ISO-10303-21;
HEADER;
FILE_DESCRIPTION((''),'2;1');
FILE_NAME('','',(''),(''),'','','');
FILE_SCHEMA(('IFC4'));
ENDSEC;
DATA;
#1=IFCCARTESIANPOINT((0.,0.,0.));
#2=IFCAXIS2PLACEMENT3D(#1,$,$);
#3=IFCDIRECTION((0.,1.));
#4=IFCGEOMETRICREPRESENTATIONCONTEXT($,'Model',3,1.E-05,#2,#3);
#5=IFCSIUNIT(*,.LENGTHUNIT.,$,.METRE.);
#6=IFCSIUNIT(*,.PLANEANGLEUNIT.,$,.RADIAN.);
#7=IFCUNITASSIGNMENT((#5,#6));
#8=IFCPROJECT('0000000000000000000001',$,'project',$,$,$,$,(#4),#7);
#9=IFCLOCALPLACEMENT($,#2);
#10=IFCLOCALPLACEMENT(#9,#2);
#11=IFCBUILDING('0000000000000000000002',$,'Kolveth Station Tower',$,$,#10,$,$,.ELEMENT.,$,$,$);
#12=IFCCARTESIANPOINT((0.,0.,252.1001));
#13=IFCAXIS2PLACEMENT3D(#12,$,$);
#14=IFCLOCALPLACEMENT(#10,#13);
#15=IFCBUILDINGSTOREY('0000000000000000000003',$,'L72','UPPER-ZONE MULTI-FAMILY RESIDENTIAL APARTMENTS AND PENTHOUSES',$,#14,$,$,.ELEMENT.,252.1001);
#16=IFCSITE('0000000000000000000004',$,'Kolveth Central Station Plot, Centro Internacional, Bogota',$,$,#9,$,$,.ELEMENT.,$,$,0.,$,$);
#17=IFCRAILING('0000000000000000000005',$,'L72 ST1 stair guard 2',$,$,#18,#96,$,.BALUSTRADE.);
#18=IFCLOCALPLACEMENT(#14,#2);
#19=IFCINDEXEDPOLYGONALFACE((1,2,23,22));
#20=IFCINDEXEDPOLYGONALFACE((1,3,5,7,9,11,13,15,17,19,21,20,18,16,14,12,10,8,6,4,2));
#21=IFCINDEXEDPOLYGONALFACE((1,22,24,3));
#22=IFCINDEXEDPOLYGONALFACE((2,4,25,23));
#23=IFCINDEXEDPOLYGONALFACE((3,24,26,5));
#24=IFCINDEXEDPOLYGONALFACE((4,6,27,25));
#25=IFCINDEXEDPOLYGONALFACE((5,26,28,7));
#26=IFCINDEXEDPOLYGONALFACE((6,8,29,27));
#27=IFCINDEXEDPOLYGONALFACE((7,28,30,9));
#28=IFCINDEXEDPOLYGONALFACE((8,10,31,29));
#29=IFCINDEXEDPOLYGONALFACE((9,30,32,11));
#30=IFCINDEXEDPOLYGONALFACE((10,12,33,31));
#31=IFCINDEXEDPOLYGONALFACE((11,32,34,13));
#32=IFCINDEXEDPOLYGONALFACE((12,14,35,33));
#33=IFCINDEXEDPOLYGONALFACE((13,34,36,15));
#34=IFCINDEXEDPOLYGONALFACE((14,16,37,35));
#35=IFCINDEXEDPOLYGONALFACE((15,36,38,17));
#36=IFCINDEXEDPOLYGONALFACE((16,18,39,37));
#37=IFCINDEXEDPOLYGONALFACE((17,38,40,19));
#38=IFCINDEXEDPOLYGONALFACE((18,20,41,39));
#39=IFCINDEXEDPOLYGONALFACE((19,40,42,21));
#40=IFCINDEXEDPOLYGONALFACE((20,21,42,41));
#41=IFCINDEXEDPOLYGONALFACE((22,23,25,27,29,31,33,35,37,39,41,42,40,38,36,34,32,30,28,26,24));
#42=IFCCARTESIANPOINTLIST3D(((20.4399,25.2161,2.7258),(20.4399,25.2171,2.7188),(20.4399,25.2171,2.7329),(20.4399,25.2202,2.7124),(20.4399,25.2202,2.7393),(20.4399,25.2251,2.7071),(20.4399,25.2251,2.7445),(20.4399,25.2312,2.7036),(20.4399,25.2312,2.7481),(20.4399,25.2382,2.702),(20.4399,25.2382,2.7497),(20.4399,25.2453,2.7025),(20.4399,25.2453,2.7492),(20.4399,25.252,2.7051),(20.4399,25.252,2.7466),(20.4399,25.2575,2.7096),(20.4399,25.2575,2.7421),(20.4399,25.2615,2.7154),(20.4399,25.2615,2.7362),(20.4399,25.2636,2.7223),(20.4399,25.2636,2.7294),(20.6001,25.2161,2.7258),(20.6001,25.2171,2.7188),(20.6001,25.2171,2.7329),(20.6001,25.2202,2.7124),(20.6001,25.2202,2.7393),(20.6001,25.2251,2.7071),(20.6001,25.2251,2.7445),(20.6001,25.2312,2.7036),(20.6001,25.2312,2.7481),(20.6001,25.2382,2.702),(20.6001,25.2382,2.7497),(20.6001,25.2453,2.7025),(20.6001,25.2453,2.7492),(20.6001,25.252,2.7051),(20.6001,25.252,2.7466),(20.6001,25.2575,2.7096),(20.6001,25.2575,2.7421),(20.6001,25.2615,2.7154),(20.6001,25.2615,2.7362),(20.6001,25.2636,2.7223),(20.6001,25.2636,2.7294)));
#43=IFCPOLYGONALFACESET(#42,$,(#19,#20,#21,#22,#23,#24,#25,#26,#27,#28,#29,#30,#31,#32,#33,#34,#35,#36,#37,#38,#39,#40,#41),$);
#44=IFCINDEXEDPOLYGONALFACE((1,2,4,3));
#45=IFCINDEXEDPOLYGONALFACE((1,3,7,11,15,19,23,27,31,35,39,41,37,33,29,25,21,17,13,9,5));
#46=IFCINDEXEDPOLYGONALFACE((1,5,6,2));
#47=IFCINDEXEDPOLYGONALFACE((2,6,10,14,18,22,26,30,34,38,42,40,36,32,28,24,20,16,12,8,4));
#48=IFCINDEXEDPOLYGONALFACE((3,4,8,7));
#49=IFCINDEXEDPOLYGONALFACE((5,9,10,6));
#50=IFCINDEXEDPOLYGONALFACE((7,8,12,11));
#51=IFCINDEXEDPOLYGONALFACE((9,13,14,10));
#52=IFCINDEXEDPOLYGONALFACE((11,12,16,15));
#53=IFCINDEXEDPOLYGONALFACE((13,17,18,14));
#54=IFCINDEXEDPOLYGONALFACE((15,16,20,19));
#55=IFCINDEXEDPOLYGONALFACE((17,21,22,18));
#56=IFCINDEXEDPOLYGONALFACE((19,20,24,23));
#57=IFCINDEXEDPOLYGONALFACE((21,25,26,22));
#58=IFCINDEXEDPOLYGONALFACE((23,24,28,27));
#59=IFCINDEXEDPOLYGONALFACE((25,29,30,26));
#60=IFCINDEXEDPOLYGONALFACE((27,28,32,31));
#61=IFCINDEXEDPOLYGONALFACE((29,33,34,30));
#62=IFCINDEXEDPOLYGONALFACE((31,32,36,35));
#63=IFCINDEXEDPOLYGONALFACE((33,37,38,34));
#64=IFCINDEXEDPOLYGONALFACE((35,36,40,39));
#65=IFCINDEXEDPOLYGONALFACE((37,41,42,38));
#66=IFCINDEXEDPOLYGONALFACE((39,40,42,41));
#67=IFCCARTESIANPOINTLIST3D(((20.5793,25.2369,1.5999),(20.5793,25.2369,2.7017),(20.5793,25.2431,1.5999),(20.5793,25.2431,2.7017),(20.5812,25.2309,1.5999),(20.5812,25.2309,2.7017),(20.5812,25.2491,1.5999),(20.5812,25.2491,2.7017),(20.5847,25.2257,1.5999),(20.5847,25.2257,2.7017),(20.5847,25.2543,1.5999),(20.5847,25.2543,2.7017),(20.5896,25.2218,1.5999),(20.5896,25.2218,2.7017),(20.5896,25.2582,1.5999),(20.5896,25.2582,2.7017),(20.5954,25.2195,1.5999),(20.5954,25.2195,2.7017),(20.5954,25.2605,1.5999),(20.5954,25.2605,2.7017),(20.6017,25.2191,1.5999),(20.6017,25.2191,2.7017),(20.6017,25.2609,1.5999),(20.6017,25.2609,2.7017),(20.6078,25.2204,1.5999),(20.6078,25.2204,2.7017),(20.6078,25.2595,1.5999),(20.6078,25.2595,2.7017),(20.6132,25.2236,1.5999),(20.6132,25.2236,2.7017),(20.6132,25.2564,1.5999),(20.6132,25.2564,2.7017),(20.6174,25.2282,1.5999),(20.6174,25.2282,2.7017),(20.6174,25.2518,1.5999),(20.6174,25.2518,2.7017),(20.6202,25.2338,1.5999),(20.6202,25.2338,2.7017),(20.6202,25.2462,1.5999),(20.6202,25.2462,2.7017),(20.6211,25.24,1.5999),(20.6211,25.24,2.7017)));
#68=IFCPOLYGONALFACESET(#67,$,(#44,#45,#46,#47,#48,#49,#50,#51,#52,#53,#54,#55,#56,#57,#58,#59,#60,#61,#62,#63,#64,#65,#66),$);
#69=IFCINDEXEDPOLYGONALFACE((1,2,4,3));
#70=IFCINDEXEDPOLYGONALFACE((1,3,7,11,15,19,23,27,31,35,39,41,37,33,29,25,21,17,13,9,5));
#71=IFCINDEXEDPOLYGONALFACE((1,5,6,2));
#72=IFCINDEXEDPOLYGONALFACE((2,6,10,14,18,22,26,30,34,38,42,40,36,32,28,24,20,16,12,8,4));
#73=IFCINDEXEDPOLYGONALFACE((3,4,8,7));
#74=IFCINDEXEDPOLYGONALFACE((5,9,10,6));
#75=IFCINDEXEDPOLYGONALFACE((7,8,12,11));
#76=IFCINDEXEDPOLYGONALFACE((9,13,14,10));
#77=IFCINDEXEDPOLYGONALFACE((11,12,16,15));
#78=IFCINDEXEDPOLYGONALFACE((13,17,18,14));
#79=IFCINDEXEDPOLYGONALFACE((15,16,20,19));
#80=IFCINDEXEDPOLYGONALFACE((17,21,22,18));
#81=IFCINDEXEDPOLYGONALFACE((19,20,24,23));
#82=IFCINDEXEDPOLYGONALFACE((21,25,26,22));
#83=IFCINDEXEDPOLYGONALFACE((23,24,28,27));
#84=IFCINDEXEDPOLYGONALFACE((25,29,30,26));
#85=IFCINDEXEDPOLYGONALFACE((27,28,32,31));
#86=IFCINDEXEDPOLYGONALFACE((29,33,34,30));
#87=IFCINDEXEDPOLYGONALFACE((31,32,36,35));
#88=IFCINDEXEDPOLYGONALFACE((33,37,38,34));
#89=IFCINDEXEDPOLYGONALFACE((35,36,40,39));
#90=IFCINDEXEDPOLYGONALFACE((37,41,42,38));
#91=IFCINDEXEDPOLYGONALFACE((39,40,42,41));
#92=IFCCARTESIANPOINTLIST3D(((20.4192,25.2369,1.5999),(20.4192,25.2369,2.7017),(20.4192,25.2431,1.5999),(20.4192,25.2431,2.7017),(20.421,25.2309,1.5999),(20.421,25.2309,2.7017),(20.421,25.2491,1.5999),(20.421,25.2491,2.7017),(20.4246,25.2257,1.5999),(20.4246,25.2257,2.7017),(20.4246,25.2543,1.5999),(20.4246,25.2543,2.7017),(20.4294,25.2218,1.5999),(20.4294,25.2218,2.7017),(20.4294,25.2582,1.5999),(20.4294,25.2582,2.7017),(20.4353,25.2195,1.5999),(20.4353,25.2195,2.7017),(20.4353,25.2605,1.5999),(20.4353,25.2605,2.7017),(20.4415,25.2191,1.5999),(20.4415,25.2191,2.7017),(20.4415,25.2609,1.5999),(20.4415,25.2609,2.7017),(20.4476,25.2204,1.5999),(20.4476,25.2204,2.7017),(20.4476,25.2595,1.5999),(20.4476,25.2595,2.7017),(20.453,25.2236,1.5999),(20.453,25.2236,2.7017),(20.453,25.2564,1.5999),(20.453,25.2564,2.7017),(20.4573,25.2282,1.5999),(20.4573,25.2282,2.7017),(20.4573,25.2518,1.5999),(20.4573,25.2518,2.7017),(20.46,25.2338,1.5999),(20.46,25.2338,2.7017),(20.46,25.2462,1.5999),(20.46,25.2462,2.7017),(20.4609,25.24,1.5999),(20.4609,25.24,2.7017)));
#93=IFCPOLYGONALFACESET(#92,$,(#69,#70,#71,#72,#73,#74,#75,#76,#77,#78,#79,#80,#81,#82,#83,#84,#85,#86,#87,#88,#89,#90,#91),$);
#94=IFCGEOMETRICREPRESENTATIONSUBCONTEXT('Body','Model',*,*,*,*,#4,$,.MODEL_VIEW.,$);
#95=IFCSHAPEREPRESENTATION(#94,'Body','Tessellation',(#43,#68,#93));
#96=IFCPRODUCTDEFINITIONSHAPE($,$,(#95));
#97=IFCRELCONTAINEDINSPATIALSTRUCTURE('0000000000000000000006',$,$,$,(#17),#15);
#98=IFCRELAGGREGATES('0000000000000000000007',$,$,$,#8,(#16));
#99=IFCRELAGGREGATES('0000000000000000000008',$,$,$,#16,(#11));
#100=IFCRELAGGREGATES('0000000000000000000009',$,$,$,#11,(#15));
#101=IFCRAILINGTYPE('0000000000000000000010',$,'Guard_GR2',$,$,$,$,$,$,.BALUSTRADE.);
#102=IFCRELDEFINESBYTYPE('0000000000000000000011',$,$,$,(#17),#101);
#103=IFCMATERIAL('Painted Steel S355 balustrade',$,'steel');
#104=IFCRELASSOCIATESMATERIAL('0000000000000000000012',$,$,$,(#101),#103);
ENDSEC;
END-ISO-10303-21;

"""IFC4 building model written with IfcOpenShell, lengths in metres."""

from ifc_helpers import new_model, si_unit, direction, frame, origin, origin_2d, place, context, subcontext, project, spatial, circle, extrude, material, type_object, element, save


model = new_model("IFC4")

# Units and contexts
model_context = context("Model", 3, precision=1e-05, world=origin(), true_north=direction((0.0, 1.0)))
body_context = subcontext(model_context, "Body", "Model", "MODEL_VIEW")
ifc_project = project(units=[si_unit("LENGTHUNIT", "METRE"), si_unit("PLANEANGLEUNIT", "RADIAN")], contexts=[model_context])

# Site, building, storey
site_placement = place(None, origin())
site = spatial("IfcSite", under=ifc_project, at=site_placement, Name="Kolveth Central Station Plot, Centro Internacional, Bogota", CompositionType="ELEMENT", RefElevation=0.0)
building_placement = place(site_placement, origin())
building = spatial("IfcBuilding", under=site, at=building_placement, Name="Kolveth Station Tower", CompositionType="ELEMENT")
storey_placement = place(building_placement, frame((0.0, 0.0, 252.1001)))
storey = spatial("IfcBuildingStorey", under=building, at=storey_placement, Name="L72", Description="UPPER-ZONE MULTI-FAMILY RESIDENTIAL APARTMENTS AND PENTHOUSES", CompositionType="ELEMENT", Elevation=252.1001)

# Railing
ifc_material_1 = material(Name="Painted Steel S355 balustrade", Category="steel")
railing_type_1 = type_object("IfcRailingType", Name="Guard_GR2", PredefinedType="BALUSTRADE", material=ifc_material_1)
railing_1_placement = place(storey_placement, frame((20.6001, 25.24, 1.5999)))
element("IfcRailing", 1, at=railing_1_placement, inside=storey, type_object=railing_type_1, Name="L72 ST1 stair guard 2", PredefinedType="BALUSTRADE", context=body_context, shape_type="SweptSolid", body=[
    extrude(circle(Radius=0.0239, at=origin_2d()), frame((0.0, 0.0, 1.126), z_axis=(-1.0, 0.0, 0.0), x_axis=(0.0, -1.0, 0.0)), (0.0, 0.0, 1.0), 0.1602),
    extrude(circle(Radius=0.021, at=origin_2d()), origin(), (0.0, 0.0, 1.0), 1.1018),
    extrude(circle(Radius=0.021, at=origin_2d()), frame((-0.1602, 0.0, 0.0)), (0.0, 0.0, 1.0), 1.1018),
])

save(model, "model.ifc")
